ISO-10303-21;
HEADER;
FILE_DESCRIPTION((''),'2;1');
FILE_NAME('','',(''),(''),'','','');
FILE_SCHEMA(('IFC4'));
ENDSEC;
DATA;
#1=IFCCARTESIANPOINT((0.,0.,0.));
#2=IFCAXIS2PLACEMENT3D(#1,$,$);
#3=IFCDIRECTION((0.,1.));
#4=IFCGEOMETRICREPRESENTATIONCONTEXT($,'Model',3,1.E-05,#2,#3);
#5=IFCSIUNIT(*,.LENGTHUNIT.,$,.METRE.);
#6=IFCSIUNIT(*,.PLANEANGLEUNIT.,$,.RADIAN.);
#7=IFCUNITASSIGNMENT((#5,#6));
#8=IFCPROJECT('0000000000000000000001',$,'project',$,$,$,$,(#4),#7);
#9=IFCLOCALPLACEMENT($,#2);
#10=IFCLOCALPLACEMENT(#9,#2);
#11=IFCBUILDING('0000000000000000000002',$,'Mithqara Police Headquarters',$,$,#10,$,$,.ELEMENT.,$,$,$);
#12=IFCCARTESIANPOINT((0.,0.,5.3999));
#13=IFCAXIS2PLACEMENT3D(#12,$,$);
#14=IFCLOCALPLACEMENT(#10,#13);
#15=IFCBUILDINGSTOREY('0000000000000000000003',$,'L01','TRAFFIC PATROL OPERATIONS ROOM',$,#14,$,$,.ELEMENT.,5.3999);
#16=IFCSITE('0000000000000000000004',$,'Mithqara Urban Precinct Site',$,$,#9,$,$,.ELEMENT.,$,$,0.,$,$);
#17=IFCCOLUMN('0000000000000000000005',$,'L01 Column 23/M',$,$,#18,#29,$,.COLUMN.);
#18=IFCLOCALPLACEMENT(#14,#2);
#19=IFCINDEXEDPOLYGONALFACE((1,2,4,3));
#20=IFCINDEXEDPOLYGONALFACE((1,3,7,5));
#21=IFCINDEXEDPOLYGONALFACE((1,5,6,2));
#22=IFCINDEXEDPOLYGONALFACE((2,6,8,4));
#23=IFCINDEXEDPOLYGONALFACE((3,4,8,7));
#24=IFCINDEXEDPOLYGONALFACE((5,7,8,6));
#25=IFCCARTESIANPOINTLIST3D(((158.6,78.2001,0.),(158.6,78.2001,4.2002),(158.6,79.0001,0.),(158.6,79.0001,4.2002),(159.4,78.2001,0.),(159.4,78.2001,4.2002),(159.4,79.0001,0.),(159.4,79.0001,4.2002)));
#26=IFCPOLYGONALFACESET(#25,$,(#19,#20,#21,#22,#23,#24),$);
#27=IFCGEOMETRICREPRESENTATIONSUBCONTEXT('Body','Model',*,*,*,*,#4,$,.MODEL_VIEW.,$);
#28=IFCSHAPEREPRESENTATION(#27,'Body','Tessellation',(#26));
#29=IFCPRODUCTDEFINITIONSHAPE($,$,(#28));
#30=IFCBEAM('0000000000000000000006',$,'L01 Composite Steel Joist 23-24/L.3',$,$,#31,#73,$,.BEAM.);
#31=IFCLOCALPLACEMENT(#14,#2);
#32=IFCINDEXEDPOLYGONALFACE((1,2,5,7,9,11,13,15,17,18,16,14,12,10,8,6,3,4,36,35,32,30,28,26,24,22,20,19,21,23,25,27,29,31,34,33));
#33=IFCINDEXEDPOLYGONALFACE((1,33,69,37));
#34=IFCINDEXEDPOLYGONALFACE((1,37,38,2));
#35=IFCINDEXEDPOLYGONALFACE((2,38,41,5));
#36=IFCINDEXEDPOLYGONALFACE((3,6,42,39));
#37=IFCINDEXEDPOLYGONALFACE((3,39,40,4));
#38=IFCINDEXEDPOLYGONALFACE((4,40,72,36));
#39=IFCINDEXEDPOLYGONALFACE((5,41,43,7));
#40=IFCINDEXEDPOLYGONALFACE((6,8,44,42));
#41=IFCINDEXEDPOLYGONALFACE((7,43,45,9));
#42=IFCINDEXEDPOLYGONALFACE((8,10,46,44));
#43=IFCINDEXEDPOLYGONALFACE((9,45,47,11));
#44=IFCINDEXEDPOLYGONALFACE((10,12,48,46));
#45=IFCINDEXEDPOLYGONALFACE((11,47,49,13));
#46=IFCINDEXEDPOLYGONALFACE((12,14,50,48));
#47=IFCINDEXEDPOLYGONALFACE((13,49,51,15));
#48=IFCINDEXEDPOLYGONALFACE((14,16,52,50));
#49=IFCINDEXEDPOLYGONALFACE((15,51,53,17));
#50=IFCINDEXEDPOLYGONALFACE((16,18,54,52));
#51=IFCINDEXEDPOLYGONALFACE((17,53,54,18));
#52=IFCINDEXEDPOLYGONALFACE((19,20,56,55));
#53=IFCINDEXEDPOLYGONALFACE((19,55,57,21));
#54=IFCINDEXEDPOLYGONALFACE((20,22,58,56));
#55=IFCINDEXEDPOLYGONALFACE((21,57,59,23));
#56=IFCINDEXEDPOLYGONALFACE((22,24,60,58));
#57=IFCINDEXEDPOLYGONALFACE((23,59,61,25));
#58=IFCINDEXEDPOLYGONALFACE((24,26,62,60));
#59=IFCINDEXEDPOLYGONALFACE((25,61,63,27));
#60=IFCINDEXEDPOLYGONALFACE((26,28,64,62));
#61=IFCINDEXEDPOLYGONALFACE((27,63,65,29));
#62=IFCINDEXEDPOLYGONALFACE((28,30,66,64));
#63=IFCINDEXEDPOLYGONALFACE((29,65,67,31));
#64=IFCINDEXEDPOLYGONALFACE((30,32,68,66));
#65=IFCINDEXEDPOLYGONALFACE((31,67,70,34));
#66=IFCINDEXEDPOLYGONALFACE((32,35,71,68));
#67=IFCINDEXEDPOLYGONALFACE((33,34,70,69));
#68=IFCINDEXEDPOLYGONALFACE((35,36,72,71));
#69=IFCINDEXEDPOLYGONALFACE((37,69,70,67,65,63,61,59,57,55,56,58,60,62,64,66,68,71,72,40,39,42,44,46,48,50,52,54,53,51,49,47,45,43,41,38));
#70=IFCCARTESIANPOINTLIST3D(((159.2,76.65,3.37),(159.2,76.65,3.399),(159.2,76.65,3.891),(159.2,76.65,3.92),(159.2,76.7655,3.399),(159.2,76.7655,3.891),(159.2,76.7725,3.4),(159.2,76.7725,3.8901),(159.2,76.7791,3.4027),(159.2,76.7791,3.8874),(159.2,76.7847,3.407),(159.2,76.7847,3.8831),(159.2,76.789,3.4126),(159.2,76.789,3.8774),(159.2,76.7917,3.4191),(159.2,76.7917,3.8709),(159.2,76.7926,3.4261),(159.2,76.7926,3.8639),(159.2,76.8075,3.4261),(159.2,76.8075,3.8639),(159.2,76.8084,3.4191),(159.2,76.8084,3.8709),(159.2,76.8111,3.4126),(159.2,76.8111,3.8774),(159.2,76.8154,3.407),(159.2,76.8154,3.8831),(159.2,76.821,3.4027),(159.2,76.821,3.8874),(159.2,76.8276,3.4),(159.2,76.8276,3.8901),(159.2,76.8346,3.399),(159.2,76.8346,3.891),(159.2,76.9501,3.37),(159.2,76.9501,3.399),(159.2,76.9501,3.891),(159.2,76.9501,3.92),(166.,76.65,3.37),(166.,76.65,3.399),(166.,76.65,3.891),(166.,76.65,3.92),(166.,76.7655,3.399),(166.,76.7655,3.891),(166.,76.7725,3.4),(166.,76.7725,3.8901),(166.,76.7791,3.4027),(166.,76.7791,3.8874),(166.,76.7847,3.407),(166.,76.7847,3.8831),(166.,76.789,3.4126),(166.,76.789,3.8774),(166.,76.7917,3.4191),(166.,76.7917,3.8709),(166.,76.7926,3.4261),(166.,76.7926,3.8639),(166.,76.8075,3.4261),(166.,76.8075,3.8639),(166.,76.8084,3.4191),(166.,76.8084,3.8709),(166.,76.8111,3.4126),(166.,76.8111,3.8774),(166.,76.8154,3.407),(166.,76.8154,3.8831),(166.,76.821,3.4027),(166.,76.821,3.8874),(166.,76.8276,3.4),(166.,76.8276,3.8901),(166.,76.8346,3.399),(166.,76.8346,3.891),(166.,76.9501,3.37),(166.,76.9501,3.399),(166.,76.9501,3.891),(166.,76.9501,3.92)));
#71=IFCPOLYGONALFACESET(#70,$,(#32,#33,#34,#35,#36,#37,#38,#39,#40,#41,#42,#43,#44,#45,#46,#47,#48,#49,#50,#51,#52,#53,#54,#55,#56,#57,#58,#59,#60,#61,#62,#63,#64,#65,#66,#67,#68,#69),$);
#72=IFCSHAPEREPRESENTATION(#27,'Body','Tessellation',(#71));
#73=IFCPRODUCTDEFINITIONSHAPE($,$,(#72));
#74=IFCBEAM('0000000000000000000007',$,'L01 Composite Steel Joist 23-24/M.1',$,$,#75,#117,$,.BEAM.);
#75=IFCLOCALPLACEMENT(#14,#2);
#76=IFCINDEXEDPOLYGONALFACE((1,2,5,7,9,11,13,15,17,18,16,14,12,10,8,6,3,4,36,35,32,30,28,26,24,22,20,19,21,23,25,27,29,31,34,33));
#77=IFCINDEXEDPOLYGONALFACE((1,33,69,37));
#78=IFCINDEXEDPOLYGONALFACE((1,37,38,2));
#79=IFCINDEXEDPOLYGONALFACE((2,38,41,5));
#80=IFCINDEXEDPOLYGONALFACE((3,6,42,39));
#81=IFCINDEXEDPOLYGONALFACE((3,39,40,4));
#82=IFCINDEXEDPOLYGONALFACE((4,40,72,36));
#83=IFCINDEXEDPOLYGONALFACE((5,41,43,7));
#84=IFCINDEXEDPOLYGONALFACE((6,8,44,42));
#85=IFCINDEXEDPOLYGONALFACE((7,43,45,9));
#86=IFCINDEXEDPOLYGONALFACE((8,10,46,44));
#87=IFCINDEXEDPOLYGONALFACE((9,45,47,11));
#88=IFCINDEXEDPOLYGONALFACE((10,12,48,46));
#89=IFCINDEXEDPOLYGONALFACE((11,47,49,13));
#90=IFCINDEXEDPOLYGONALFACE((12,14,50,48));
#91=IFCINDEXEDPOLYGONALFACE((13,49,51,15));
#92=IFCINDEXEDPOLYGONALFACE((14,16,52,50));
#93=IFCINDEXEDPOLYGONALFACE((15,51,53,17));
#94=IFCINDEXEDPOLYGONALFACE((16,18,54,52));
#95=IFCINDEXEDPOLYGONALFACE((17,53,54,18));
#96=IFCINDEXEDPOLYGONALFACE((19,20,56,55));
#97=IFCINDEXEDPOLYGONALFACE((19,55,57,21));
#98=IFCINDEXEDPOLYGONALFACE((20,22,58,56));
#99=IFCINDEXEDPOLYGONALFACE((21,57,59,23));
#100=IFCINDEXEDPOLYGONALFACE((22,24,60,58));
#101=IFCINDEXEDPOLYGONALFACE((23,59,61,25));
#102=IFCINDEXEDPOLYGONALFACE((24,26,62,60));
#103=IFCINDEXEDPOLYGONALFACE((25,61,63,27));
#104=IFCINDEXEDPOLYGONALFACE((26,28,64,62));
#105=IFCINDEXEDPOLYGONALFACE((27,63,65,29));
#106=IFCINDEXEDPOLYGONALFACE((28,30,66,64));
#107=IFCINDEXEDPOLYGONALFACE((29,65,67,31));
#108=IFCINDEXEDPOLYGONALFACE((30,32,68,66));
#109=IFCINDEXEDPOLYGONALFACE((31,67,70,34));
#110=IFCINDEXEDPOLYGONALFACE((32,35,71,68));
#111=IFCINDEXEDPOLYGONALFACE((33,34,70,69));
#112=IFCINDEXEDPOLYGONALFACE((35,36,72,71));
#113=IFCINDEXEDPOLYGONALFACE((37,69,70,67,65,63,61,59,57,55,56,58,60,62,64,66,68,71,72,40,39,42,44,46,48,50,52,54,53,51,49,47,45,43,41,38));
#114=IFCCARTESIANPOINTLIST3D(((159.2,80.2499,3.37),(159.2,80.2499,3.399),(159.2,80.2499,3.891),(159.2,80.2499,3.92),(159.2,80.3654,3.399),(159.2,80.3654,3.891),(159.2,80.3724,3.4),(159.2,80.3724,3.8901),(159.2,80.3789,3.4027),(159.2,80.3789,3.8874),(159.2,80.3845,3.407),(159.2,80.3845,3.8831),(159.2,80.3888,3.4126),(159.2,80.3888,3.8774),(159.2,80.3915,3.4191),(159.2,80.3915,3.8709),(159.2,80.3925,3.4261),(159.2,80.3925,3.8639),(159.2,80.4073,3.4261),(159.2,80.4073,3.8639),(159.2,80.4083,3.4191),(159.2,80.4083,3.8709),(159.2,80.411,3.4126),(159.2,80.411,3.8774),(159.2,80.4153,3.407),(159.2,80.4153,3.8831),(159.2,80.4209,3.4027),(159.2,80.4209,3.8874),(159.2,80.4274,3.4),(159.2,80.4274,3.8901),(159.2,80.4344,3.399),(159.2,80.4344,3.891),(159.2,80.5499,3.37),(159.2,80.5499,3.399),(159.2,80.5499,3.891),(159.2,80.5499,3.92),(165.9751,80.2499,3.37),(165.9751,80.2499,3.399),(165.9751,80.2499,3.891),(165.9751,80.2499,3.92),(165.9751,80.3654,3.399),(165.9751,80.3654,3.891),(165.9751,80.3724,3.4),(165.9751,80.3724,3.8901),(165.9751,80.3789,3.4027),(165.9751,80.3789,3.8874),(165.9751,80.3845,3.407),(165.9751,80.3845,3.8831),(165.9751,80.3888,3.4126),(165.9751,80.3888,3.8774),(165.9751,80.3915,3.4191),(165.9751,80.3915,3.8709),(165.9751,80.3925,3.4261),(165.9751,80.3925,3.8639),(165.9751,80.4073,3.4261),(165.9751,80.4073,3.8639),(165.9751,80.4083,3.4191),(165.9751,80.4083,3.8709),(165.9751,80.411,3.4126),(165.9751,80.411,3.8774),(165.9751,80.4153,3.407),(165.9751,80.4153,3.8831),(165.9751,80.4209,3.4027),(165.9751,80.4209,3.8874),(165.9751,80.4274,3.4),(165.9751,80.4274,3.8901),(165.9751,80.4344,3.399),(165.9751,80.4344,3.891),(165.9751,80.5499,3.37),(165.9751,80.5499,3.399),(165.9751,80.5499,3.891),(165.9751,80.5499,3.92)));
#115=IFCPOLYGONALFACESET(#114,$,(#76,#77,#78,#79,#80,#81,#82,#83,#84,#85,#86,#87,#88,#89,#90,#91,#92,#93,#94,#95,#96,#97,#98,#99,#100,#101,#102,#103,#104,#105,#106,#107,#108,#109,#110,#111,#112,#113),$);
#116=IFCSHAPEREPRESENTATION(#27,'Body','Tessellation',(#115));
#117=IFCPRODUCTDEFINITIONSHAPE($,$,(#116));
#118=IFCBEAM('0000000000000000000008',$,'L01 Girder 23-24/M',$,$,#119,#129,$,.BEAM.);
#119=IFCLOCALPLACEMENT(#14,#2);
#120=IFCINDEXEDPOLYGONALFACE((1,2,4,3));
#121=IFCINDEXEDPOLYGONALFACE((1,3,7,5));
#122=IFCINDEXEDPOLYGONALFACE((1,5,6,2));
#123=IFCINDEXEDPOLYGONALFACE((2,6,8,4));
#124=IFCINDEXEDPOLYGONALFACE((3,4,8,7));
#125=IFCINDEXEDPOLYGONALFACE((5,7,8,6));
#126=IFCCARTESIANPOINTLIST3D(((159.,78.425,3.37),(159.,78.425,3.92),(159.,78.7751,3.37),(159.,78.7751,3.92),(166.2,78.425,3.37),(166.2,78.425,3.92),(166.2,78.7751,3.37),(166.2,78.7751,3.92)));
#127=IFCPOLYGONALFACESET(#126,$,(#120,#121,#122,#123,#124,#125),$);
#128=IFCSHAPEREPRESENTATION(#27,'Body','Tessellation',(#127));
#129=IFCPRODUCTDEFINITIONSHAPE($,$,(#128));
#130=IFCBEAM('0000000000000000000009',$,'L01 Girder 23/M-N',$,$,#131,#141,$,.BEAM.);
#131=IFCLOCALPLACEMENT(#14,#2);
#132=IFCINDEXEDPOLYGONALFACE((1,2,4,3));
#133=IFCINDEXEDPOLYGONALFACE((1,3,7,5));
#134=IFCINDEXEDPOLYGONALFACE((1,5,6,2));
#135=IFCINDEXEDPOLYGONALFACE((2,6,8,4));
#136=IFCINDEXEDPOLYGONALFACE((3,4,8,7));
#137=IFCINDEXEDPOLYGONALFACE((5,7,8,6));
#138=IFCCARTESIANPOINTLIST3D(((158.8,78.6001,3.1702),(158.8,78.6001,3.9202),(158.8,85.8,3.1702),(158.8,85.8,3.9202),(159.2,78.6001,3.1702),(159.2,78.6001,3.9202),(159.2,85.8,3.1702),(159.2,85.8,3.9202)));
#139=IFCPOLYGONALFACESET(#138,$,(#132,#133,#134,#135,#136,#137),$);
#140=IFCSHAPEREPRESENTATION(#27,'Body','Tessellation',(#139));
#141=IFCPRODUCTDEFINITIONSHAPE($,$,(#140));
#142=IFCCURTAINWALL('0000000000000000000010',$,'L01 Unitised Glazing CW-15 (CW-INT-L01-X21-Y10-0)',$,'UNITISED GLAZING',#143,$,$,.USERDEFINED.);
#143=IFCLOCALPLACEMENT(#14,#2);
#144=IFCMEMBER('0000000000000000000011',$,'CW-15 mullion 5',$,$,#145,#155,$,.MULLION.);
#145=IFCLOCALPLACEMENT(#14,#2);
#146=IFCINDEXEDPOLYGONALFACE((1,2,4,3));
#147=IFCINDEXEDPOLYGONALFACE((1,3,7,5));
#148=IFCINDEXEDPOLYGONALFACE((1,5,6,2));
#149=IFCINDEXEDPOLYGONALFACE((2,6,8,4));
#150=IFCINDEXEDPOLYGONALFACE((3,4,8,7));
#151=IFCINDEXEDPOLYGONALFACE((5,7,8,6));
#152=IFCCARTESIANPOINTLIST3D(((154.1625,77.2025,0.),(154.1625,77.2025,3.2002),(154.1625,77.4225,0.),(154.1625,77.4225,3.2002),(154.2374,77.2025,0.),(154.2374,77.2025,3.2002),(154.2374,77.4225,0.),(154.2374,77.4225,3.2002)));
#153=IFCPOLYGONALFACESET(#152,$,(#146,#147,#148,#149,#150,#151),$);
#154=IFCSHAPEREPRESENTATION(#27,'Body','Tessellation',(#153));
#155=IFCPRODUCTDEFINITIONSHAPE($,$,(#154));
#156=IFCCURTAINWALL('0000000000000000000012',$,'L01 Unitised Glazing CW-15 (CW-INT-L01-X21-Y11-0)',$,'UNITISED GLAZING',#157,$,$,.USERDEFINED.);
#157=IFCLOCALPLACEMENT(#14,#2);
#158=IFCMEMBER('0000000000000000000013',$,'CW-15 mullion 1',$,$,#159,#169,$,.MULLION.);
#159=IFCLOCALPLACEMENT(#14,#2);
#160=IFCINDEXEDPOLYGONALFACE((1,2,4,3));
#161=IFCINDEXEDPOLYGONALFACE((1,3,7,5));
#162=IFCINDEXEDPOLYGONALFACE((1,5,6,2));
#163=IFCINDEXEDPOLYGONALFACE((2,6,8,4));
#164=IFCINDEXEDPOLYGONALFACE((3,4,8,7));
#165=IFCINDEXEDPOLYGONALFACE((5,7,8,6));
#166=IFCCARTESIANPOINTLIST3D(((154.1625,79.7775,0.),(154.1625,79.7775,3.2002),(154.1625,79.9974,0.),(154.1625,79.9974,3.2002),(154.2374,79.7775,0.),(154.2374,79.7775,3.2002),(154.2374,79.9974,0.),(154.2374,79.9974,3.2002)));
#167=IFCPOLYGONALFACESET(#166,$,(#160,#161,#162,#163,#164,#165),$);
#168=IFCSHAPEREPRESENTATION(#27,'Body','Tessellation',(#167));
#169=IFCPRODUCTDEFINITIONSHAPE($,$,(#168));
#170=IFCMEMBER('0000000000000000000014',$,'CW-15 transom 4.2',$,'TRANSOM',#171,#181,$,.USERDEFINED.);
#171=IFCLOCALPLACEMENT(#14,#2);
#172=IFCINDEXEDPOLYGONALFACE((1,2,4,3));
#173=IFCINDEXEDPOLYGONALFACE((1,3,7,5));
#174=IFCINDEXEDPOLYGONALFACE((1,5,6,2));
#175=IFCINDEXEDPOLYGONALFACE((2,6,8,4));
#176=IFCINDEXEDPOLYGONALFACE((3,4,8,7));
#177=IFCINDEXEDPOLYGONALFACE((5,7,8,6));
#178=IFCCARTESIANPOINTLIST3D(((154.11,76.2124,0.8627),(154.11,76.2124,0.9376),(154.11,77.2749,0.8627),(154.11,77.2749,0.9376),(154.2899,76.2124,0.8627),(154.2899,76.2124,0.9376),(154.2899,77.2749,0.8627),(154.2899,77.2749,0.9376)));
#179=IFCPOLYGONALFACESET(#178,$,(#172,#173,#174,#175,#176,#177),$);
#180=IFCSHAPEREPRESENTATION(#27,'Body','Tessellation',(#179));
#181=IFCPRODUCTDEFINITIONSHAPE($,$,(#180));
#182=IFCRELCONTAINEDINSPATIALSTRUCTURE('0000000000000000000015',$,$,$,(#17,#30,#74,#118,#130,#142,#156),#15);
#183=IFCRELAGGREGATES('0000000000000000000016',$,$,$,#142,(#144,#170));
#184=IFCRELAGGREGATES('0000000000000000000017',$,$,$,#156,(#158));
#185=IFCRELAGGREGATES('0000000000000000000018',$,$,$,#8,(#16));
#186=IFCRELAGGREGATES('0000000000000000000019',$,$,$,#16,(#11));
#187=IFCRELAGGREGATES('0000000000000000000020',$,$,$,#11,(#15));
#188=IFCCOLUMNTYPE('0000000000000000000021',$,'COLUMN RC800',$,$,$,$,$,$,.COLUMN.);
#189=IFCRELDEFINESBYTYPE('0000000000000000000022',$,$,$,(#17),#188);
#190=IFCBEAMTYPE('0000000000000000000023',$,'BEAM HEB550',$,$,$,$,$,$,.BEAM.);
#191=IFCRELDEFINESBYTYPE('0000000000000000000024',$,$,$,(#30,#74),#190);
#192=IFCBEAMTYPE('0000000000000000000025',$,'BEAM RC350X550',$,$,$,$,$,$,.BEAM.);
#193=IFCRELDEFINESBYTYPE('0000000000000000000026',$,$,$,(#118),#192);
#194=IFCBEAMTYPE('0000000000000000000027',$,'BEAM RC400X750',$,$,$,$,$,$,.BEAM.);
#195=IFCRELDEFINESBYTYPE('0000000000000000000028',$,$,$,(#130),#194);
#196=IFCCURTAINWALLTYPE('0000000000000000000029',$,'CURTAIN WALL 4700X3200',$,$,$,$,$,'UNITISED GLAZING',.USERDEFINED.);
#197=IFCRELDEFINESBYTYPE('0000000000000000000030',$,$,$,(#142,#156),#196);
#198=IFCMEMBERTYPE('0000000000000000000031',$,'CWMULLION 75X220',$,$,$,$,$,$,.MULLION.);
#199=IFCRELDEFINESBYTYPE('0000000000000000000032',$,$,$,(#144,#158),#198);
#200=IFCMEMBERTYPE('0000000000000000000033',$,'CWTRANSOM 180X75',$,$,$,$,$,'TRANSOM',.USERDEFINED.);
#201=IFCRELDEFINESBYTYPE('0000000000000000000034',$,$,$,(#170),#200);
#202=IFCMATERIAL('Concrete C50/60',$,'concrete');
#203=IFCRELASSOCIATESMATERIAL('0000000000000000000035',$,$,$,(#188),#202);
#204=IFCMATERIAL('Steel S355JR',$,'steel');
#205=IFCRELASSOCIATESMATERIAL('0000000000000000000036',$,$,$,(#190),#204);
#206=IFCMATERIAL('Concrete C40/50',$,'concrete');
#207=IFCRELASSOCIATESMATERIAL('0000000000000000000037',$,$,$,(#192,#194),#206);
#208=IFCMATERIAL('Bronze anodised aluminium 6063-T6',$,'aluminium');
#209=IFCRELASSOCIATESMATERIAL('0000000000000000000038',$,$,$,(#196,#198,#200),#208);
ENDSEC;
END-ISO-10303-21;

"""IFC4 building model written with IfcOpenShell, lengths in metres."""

from ifc_helpers import new_model, si_unit, direction, frame, origin, origin_2d, place, context, subcontext, project, spatial, rectangle, i_section, extrude, material, material_profile, profile_set, type_object, element, aggregate, save


model = new_model("IFC4")

# Units and contexts
model_context = context("Model", 3, precision=1e-05, world=origin(), true_north=direction((0.0, 1.0)))
body_context = subcontext(model_context, "Body", "Model", "MODEL_VIEW")
ifc_project = project(units=[si_unit("LENGTHUNIT", "METRE"), si_unit("PLANEANGLEUNIT", "RADIAN")], contexts=[model_context])

# Site, building, storey
site_placement = place(None, origin())
site = spatial("IfcSite", under=ifc_project, at=site_placement, Name="Mithqara Urban Precinct Site", CompositionType="ELEMENT", RefElevation=0.0)
building_placement = place(site_placement, origin())
building = spatial("IfcBuilding", under=site, at=building_placement, Name="Mithqara Police Headquarters", CompositionType="ELEMENT")
storey_placement = place(building_placement, frame((0.0, 0.0, 5.3999)))
storey = spatial("IfcBuildingStorey", under=building, at=storey_placement, Name="L01", Description="TRAFFIC PATROL OPERATIONS ROOM", CompositionType="ELEMENT", Elevation=5.3999)

# Column
ifc_material_1 = material(Name="Concrete C50/60", Category="concrete")
ifc_material_profile_1 = material_profile(ifc_material_1, rectangle(XDim=0.8, YDim=0.8, at=origin_2d()), Name="RC 800x800")
ifc_profile_set_1 = profile_set([ifc_material_profile_1], Name="Concrete C50/60")
column_type = type_object("IfcColumnType", Name="COLUMN RC800", PredefinedType="COLUMN", material=ifc_profile_set_1)
column_placement = place(storey_placement, frame((159.0, 78.6001, 0.0), z_axis=(0.0, 0.0, 1.0), x_axis=(1.0, 0.0, 0.0)))
element("IfcColumn", 1, at=column_placement, inside=storey, type_object=column_type, Name="L01 Column 23/M", PredefinedType="COLUMN", context=body_context, shape_type="SweptSolid", body=[
    extrude(rectangle(XDim=0.8, YDim=0.8, at=origin_2d()), origin(), (0.0, 0.0, 1.0), 4.2002),
])

# Beams
ifc_material_2 = material(Name="Steel S355JR", Category="steel")
ifc_material_profile_2 = material_profile(ifc_material_2, i_section(OverallWidth=0.3, OverallDepth=0.55, WebThickness=0.0149, FlangeThickness=0.0291, FilletRadius=0.0271, at=origin_2d()), Name="HEB 550")
ifc_profile_set_2 = profile_set([ifc_material_profile_2], Name="Steel S355JR")
beam_type_1 = type_object("IfcBeamType", Name="BEAM HEB550", PredefinedType="BEAM", material=ifc_profile_set_2)
beam_1_placement = place(storey_placement, frame((159.2, 76.8, 3.645), z_axis=(1.0, 0.0, 0.0), x_axis=(0.0, 1.0, 0.0)))
element("IfcBeam", 2, at=beam_1_placement, inside=storey, type_object=beam_type_1, Name="L01 Composite Steel Joist 23-24/L.3", PredefinedType="BEAM", context=body_context, shape_type="SweptSolid", body=[
    extrude(i_section(OverallWidth=0.3, OverallDepth=0.55, WebThickness=0.0149, FlangeThickness=0.0291, FilletRadius=0.0271, at=origin_2d()), origin(), (0.0, 0.0, 1.0), 6.8),
])
beam_2_placement = place(storey_placement, frame((159.2, 80.3999, 3.645), z_axis=(1.0, 0.0, 0.0), x_axis=(0.0, 1.0, 0.0)))
element("IfcBeam", 3, at=beam_2_placement, inside=storey, type_object=beam_type_1, Name="L01 Composite Steel Joist 23-24/M.1", PredefinedType="BEAM", context=body_context, shape_type="SweptSolid", body=[
    extrude(i_section(OverallWidth=0.3, OverallDepth=0.55, WebThickness=0.0149, FlangeThickness=0.0291, FilletRadius=0.0271, at=origin_2d()), origin(), (0.0, 0.0, 1.0), 6.7751),
])
ifc_material_3 = material(Name="Concrete C40/50", Category="concrete")
ifc_material_profile_3 = material_profile(ifc_material_3, rectangle(XDim=0.3501, YDim=0.55, at=origin_2d()), Name="RC 350x550")
ifc_profile_set_3 = profile_set([ifc_material_profile_3], Name="Concrete C40/50")
beam_type_2 = type_object("IfcBeamType", Name="BEAM RC350X550", PredefinedType="BEAM", material=ifc_profile_set_3)
beam_3_placement = place(storey_placement, frame((159.0, 78.6001, 3.645), z_axis=(1.0, 0.0, 0.0), x_axis=(0.0, 1.0, 0.0)))
element("IfcBeam", 4, at=beam_3_placement, inside=storey, type_object=beam_type_2, Name="L01 Girder 23-24/M", PredefinedType="BEAM", context=body_context, shape_type="SweptSolid", body=[
    extrude(rectangle(XDim=0.3501, YDim=0.55, at=origin_2d()), origin(), (0.0, 0.0, 1.0), 7.2),
])
ifc_material_profile_4 = material_profile(ifc_material_3, rectangle(XDim=0.3999, YDim=0.75, at=origin_2d()), Name="RC 400x750")
ifc_profile_set_4 = profile_set([ifc_material_profile_4], Name="Concrete C40/50")
beam_type_3 = type_object("IfcBeamType", Name="BEAM RC400X750", PredefinedType="BEAM", material=ifc_profile_set_4)
beam_4_placement = place(storey_placement, frame((159.0, 78.6001, 3.5452), z_axis=(0.0, 1.0, 0.0), x_axis=(-1.0, 0.0, 0.0)))
element("IfcBeam", 5, at=beam_4_placement, inside=storey, type_object=beam_type_3, Name="L01 Girder 23/M-N", PredefinedType="BEAM", context=body_context, shape_type="SweptSolid", body=[
    extrude(rectangle(XDim=0.3999, YDim=0.75, at=origin_2d()), origin(), (0.0, 0.0, 1.0), 7.2),
])

# Curtain walls, members
ifc_material_4 = material(Name="Bronze anodised aluminium 6063-T6", Category="aluminium")
curtain_wall_type = type_object("IfcCurtainWallType", Name="CURTAIN WALL 4700X3200", ElementType="UNITISED GLAZING", PredefinedType="USERDEFINED", material=ifc_material_4)
curtain_wall_1_placement = place(storey_placement, origin())
curtain_wall_1 = element("IfcCurtainWall", 6, at=curtain_wall_1_placement, inside=storey, type_object=curtain_wall_type, Name="L01 Unitised Glazing CW-15 (CW-INT-L01-X21-Y10-0)", ObjectType="UNITISED GLAZING", PredefinedType="USERDEFINED")
ifc_material_profile_5 = material_profile(ifc_material_4, rectangle(XDim=0.075, YDim=0.22, at=origin_2d()), Name="CWM 75x220")
ifc_profile_set_5 = profile_set([ifc_material_profile_5], Name="Bronze anodised aluminium 6063-T6")
member_type_1 = type_object("IfcMemberType", Name="CWMULLION 75X220", PredefinedType="MULLION", material=ifc_profile_set_5)
member_1_placement = place(storey_placement, frame((154.2, 77.3125, 0.0), z_axis=(0.0, 0.0, 1.0), x_axis=(-1.0, 0.0, 0.0)))
member_1 = element("IfcMember", 7, at=member_1_placement, type_object=member_type_1, Name="CW-15 mullion 5", PredefinedType="MULLION", context=body_context, shape_type="SweptSolid", body=[
    extrude(rectangle(XDim=0.075, YDim=0.22, at=origin_2d()), origin(), (0.0, 0.0, 1.0), 3.2002),
])
curtain_wall_2_placement = place(storey_placement, origin())
curtain_wall_2 = element("IfcCurtainWall", 8, at=curtain_wall_2_placement, inside=storey, type_object=curtain_wall_type, Name="L01 Unitised Glazing CW-15 (CW-INT-L01-X21-Y11-0)", ObjectType="UNITISED GLAZING", PredefinedType="USERDEFINED")
member_2_placement = place(storey_placement, frame((154.2, 79.8875, 0.0), z_axis=(0.0, 0.0, 1.0), x_axis=(-1.0, 0.0, 0.0)))
member_2 = element("IfcMember", 9, at=member_2_placement, type_object=member_type_1, Name="CW-15 mullion 1", PredefinedType="MULLION", context=body_context, shape_type="SweptSolid", body=[
    extrude(rectangle(XDim=0.075, YDim=0.22, at=origin_2d()), origin(), (0.0, 0.0, 1.0), 3.2002),
])

# Member
ifc_material_profile_6 = material_profile(ifc_material_4, rectangle(XDim=0.1799, YDim=0.075, at=origin_2d()), Name="CWT 180x75")
ifc_profile_set_6 = profile_set([ifc_material_profile_6], Name="Bronze anodised aluminium 6063-T6")
member_type_2 = type_object("IfcMemberType", Name="CWTRANSOM 180X75", ElementType="TRANSOM", PredefinedType="USERDEFINED", material=ifc_profile_set_6)
member_3_placement = place(storey_placement, frame((154.2, 76.2124, 0.9001), z_axis=(0.0, 1.0, 0.0), x_axis=(-1.0, 0.0, 0.0)))
member_3 = element("IfcMember", 10, at=member_3_placement, type_object=member_type_2, Name="CW-15 transom 4.2", ObjectType="TRANSOM", PredefinedType="USERDEFINED", context=body_context, shape_type="SweptSolid", body=[
    extrude(rectangle(XDim=0.1799, YDim=0.075, at=origin_2d()), origin(), (0.0, 0.0, 1.0), 1.0625),
])

aggregate(curtain_wall_1, [member_1, member_3])
aggregate(curtain_wall_2, [member_2])

save(model, "model.ifc")
